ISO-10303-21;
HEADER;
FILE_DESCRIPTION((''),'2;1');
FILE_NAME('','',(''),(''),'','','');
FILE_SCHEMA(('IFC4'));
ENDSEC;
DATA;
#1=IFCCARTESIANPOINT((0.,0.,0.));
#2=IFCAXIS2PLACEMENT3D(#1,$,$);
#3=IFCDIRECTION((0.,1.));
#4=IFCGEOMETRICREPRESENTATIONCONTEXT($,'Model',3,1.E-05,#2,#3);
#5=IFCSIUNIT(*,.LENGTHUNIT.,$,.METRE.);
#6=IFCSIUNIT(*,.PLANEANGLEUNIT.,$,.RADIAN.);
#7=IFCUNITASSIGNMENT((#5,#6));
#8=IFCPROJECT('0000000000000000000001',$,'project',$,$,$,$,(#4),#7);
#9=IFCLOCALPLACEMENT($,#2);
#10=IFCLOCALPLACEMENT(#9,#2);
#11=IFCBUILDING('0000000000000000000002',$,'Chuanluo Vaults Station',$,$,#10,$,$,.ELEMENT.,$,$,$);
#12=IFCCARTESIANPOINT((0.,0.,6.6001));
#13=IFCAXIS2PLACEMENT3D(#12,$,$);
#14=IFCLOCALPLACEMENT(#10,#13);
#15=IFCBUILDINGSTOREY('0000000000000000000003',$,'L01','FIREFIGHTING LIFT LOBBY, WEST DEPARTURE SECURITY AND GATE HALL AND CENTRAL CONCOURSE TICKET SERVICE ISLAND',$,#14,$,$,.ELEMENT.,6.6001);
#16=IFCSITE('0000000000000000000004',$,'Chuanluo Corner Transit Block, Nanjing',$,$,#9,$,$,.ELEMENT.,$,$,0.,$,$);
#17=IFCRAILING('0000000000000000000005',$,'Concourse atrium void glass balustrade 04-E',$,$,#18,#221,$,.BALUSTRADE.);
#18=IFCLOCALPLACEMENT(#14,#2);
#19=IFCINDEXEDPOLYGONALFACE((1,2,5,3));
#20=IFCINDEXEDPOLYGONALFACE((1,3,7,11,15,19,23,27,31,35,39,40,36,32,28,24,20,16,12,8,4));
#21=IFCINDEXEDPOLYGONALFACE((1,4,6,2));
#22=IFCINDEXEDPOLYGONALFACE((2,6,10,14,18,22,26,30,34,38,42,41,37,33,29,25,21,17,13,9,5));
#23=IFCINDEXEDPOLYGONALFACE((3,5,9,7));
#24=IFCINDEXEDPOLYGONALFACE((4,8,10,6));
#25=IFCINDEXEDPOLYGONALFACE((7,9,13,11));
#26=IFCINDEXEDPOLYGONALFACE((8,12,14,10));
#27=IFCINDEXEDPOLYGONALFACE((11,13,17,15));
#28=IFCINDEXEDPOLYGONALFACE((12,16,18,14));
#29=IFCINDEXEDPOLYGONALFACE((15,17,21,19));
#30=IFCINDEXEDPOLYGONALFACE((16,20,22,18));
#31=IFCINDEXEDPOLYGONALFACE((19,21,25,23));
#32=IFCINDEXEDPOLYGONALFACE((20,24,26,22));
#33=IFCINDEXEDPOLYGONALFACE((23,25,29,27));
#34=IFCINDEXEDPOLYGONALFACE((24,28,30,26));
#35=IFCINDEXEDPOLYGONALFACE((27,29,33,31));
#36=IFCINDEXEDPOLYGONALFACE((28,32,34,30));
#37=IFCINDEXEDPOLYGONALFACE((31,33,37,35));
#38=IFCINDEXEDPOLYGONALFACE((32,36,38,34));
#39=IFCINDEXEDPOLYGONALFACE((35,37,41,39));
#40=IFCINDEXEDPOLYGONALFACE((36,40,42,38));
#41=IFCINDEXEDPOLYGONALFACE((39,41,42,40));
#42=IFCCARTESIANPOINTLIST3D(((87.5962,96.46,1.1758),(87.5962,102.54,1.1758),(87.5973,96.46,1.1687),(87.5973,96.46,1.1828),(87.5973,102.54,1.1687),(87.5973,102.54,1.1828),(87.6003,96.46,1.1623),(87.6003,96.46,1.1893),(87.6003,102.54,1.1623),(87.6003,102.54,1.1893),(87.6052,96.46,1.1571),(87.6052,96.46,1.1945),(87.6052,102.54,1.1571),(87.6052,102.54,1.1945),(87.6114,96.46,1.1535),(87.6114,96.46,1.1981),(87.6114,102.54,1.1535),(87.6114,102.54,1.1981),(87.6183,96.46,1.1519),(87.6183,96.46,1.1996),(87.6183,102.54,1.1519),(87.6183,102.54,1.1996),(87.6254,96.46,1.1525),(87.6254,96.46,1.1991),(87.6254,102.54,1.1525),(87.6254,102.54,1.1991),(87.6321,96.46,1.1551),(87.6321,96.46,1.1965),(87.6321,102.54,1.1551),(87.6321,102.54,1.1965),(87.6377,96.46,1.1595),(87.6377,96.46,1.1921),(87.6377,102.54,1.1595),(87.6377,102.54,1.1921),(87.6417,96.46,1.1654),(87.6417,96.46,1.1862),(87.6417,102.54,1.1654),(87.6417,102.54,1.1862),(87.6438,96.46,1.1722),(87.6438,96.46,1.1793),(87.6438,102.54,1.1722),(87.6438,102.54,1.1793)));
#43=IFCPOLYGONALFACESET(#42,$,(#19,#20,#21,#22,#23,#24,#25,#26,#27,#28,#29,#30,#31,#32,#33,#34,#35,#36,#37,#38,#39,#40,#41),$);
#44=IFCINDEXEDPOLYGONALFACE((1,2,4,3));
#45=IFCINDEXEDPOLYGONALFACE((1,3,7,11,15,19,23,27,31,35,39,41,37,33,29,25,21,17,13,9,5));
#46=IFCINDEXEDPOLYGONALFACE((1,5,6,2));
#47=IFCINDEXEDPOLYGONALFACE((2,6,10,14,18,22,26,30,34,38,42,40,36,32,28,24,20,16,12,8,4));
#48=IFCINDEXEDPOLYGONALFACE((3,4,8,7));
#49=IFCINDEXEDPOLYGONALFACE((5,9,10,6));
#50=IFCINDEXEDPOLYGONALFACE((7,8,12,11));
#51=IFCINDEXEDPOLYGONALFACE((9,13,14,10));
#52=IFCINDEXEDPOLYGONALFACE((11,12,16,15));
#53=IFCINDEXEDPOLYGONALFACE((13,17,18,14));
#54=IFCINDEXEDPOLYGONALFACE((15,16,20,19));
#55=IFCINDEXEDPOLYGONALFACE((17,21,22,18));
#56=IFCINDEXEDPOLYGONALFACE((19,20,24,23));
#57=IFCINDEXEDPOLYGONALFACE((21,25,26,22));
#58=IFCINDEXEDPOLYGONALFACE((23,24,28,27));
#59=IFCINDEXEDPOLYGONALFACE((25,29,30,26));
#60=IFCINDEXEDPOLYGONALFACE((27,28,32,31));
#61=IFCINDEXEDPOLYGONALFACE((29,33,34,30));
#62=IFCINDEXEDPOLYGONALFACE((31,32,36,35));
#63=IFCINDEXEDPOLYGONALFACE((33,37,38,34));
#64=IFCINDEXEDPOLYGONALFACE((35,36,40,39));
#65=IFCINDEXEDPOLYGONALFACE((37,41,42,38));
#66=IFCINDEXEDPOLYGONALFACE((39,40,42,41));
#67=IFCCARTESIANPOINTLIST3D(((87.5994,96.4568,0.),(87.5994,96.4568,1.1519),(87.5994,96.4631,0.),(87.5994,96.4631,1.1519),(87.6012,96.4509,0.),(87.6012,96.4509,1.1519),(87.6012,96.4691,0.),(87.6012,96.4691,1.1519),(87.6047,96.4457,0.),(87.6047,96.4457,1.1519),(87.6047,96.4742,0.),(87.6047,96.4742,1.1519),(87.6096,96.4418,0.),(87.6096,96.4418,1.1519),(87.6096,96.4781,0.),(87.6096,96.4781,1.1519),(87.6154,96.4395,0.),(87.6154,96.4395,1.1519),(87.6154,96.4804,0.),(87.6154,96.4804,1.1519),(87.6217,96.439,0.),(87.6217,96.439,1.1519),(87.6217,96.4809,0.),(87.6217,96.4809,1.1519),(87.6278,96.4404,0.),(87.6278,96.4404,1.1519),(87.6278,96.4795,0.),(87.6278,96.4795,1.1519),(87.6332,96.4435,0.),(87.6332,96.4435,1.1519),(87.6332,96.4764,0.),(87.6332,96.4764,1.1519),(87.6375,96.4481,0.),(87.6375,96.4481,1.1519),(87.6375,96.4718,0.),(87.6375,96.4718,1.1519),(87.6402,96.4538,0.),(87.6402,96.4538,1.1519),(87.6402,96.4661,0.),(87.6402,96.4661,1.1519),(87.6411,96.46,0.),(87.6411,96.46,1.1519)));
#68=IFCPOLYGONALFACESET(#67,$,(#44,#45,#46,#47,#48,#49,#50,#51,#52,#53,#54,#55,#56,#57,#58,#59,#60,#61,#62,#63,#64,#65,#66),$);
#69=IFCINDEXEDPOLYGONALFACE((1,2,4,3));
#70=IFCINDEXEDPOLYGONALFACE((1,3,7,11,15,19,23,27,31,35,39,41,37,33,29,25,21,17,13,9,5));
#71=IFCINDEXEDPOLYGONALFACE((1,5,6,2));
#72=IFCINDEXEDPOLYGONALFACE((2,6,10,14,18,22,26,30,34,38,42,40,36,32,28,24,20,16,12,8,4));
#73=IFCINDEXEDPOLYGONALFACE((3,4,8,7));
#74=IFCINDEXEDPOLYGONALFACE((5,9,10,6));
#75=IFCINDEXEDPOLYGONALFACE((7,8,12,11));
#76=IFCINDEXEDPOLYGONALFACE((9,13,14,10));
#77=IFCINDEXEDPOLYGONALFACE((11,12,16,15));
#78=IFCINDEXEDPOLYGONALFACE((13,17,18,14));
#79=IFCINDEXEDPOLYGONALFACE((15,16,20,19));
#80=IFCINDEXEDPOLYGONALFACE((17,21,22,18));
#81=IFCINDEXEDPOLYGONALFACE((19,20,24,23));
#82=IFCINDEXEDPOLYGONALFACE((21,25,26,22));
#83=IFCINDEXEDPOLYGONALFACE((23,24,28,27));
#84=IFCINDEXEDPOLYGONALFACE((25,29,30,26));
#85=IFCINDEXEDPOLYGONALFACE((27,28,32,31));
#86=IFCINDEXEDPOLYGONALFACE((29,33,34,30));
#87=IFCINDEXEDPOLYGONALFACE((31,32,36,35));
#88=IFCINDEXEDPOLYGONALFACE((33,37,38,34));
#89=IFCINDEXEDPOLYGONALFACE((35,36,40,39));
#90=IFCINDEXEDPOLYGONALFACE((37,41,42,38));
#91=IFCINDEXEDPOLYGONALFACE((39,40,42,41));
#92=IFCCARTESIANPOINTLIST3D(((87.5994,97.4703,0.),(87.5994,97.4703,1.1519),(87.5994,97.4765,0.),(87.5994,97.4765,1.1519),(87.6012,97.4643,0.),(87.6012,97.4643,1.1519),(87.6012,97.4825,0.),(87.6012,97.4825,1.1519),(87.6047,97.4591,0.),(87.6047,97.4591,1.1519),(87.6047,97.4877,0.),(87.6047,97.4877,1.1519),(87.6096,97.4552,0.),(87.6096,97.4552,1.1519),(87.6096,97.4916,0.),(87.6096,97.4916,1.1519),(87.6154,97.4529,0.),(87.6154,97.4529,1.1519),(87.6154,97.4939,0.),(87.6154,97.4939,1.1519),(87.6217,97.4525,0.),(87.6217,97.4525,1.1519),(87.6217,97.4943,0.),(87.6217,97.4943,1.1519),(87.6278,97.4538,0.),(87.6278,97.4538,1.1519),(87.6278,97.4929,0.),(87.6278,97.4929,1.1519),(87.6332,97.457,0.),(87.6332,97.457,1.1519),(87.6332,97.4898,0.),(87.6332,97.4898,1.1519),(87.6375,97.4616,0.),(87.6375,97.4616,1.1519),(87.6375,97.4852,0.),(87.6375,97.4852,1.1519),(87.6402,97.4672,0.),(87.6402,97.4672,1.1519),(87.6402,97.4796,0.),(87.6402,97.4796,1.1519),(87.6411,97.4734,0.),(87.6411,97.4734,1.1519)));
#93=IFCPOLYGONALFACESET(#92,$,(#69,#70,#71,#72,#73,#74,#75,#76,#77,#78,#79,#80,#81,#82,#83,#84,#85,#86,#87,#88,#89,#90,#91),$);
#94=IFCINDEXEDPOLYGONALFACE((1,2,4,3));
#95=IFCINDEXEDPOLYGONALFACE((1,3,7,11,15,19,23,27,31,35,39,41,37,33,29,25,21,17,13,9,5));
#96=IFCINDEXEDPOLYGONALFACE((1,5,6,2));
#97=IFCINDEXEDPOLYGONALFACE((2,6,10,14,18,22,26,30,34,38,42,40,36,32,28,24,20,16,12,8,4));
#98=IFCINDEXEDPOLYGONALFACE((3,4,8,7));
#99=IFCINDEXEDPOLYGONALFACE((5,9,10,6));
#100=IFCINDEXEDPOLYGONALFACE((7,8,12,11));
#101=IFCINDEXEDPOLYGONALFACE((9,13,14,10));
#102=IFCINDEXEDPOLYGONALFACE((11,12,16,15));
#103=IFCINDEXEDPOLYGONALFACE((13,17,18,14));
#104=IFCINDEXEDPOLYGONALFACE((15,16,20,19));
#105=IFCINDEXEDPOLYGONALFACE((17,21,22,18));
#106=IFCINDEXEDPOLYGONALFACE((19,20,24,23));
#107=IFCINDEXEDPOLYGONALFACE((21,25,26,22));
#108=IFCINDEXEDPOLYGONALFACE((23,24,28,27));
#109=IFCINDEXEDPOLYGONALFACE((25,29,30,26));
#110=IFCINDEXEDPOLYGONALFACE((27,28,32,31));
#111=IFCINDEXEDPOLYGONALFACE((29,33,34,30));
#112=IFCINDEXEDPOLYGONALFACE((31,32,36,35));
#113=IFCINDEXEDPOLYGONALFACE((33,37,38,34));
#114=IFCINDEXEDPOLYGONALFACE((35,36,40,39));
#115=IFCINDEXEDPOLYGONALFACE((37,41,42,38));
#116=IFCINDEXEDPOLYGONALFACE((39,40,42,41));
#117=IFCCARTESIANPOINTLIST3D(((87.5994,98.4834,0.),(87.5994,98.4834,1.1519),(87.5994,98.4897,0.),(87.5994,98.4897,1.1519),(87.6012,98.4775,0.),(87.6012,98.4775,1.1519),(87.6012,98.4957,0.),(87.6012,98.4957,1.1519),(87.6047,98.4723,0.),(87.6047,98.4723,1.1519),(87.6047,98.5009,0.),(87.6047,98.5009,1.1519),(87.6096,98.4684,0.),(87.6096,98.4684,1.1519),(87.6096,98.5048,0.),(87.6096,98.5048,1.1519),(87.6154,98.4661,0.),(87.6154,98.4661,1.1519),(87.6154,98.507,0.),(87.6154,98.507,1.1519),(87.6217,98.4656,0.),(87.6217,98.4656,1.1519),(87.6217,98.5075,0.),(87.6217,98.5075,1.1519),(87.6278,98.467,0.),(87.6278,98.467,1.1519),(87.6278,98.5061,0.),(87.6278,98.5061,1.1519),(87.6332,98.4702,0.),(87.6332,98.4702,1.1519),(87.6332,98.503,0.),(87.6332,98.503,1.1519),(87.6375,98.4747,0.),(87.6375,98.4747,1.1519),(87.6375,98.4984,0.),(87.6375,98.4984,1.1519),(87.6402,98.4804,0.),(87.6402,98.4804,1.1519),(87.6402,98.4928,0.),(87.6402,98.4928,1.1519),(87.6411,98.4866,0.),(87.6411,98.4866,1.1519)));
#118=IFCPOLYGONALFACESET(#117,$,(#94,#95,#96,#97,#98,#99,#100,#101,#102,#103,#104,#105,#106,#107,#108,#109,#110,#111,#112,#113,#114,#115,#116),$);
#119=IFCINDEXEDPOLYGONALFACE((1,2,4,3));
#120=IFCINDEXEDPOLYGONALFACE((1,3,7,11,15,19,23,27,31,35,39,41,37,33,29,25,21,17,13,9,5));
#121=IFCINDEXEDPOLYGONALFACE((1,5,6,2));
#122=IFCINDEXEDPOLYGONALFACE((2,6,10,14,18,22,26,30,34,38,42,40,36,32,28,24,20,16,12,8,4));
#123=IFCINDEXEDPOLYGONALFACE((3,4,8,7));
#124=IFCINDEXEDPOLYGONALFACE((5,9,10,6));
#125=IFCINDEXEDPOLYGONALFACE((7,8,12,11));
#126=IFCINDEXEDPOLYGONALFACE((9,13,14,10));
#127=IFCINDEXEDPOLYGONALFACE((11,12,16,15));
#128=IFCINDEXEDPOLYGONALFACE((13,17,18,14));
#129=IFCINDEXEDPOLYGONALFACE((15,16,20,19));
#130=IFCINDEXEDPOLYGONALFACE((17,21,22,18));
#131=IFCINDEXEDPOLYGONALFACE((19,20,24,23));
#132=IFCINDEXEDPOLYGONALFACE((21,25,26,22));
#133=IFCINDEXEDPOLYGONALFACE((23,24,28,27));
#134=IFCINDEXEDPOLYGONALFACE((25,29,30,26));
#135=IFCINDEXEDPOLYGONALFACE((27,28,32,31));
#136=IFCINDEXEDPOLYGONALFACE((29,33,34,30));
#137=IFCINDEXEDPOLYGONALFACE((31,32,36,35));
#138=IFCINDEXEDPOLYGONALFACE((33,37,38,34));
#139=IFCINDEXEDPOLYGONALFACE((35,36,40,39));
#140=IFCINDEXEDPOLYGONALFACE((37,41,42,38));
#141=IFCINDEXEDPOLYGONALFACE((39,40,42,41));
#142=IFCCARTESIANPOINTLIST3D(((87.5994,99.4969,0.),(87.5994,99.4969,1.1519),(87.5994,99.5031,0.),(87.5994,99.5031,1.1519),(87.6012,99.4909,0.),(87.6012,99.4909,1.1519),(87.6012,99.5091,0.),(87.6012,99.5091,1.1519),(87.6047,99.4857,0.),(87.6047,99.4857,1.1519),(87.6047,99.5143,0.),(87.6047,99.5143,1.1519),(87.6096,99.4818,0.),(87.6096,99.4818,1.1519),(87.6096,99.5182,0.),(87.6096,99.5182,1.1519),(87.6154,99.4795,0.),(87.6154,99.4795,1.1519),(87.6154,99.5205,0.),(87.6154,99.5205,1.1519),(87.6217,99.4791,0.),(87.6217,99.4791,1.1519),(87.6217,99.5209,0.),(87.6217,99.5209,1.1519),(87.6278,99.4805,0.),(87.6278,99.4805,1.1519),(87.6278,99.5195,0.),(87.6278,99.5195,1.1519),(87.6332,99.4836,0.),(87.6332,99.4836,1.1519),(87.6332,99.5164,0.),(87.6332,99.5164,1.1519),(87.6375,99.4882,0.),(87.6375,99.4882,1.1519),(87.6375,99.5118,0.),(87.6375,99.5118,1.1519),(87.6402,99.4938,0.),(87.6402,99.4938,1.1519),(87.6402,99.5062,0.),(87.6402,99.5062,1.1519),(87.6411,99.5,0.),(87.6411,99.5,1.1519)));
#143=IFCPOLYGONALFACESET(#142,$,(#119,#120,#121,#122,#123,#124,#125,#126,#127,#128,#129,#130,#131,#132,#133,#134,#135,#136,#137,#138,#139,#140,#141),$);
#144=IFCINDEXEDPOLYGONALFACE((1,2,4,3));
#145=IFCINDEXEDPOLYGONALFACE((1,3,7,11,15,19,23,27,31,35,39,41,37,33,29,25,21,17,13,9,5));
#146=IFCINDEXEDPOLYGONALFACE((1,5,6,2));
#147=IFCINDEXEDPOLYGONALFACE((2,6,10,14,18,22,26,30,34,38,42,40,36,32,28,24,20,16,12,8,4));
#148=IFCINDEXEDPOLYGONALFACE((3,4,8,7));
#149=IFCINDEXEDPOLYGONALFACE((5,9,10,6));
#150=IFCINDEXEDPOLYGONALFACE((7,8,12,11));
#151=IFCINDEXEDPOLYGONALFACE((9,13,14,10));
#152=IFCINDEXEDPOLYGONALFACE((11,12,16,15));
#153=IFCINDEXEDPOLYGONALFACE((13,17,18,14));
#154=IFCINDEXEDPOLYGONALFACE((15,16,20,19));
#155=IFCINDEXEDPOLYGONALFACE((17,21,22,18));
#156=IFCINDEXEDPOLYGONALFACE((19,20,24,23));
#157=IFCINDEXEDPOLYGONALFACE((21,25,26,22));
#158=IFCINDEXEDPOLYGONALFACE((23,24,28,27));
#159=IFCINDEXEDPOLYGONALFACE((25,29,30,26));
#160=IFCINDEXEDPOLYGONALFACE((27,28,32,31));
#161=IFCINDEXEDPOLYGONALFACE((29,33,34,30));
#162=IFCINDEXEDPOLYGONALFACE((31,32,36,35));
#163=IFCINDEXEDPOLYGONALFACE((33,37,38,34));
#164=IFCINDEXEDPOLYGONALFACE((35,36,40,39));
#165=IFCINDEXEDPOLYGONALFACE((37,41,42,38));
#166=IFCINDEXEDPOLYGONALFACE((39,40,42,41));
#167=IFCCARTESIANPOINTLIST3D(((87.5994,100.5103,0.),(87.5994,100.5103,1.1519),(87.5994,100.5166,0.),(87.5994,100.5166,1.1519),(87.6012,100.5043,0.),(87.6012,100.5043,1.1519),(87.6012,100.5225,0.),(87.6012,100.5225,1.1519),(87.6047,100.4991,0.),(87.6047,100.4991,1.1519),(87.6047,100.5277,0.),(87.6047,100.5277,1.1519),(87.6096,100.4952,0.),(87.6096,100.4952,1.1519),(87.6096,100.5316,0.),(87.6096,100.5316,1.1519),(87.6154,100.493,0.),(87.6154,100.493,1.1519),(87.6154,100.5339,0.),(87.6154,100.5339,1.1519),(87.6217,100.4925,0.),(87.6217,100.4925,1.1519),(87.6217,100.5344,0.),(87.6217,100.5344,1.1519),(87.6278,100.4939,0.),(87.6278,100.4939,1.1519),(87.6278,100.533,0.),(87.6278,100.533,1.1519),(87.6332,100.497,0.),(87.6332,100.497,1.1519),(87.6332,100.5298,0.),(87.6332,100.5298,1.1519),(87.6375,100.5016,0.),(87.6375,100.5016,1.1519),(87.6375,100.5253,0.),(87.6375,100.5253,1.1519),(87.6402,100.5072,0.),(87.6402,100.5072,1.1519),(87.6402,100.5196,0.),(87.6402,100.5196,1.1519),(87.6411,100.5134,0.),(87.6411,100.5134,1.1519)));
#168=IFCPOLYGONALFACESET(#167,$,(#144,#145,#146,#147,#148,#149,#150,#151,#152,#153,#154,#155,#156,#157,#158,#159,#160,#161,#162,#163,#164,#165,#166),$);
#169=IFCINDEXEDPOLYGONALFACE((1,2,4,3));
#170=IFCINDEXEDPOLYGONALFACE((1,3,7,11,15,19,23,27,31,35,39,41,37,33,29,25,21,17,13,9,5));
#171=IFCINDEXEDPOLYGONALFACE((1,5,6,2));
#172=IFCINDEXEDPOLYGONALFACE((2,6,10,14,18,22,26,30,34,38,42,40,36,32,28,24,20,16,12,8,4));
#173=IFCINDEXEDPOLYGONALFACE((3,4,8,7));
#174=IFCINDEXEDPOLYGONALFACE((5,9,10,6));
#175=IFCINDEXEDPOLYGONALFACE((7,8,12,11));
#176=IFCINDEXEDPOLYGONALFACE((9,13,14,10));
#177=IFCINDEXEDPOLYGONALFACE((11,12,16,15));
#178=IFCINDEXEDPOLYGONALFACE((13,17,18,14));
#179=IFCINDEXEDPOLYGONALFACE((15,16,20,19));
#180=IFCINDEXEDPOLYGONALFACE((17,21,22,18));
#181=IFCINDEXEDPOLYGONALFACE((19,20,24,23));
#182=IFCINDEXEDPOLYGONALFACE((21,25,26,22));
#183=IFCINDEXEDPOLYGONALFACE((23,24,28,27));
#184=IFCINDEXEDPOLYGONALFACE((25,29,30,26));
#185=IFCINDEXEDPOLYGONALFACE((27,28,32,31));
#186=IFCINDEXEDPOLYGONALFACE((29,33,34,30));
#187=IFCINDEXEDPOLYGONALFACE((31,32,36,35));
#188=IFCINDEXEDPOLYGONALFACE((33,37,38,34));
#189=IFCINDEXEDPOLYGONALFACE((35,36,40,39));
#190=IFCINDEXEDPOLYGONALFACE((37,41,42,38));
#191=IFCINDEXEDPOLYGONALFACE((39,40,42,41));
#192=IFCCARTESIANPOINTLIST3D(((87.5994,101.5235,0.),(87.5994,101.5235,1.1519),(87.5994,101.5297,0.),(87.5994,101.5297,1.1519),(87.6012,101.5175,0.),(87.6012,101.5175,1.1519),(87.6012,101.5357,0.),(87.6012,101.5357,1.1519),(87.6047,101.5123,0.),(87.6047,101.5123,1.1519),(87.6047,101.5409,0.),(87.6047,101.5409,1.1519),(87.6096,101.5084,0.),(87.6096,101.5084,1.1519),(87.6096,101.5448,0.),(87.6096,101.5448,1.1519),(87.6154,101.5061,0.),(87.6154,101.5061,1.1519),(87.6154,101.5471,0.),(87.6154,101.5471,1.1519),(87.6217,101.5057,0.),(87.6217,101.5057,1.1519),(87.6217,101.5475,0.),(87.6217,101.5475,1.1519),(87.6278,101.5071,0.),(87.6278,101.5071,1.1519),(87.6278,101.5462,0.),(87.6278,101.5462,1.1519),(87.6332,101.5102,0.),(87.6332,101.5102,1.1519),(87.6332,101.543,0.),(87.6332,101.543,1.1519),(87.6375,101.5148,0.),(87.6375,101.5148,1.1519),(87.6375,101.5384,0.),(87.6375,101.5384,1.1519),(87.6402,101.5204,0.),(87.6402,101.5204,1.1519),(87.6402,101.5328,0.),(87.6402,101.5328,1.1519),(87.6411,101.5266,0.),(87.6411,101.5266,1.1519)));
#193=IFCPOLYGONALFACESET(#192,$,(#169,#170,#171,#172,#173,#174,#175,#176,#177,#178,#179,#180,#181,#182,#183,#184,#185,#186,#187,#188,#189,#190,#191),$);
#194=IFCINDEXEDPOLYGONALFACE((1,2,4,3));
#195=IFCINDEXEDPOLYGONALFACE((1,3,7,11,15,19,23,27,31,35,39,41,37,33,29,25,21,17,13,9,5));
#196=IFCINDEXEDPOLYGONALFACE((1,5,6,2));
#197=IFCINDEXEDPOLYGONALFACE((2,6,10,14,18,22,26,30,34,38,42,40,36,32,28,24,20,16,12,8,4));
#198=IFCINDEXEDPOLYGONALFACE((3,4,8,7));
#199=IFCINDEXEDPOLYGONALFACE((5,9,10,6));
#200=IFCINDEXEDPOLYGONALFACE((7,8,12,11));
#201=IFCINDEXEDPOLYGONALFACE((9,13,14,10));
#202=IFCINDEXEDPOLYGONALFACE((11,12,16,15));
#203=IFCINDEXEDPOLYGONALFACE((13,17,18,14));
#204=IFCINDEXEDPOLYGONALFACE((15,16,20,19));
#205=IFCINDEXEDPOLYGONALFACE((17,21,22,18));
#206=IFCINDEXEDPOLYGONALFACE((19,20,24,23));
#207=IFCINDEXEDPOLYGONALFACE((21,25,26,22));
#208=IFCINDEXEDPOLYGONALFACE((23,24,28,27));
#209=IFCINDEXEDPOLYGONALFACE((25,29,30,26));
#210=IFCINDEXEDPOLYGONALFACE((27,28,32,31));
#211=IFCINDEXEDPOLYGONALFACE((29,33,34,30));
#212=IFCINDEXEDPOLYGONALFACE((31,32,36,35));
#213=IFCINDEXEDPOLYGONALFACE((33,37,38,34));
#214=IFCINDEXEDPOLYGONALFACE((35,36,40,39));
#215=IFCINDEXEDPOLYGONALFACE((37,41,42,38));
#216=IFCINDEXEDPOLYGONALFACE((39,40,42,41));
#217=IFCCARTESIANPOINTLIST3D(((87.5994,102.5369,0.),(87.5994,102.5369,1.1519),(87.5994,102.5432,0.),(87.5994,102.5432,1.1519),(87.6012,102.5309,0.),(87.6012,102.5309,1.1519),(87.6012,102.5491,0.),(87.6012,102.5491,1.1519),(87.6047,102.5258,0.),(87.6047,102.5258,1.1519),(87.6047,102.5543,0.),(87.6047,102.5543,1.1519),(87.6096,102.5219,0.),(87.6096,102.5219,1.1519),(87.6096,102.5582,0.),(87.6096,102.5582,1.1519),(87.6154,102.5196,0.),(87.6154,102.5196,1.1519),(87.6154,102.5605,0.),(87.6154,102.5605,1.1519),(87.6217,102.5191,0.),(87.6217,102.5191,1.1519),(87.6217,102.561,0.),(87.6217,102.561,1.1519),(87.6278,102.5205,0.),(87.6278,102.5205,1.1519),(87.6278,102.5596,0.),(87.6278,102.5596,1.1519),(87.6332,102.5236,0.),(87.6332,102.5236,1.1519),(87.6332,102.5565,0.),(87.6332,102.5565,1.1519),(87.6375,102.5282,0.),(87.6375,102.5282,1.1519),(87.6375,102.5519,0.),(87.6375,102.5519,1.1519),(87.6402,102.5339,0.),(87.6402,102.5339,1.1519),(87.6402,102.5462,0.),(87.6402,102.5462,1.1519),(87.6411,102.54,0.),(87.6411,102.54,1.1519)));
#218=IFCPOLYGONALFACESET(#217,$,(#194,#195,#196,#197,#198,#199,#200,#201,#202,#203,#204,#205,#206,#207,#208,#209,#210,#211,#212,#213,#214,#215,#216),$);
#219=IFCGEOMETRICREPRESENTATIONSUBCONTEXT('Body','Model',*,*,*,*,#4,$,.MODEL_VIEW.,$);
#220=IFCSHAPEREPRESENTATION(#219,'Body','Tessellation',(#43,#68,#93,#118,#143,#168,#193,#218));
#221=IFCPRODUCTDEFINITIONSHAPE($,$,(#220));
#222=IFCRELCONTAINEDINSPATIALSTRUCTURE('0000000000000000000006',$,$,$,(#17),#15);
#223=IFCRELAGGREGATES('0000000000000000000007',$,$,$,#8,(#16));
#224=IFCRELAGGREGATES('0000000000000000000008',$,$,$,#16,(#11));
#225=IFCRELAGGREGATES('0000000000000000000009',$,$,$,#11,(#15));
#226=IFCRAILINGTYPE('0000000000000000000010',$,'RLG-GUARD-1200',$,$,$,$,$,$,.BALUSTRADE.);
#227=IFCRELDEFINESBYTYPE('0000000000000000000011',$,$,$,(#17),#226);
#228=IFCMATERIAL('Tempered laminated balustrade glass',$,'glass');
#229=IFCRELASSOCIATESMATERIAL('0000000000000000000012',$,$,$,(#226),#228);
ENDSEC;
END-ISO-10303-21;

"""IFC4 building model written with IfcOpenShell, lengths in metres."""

from ifc_helpers import new_model, si_unit, direction, frame, origin, origin_2d, place, context, subcontext, project, spatial, circle, extrude, material, type_object, element, save


model = new_model("IFC4")

# Units and contexts
model_context = context("Model", 3, precision=1e-05, world=origin(), true_north=direction((0.0, 1.0)))
body_context = subcontext(model_context, "Body", "Model", "MODEL_VIEW")
ifc_project = project(units=[si_unit("LENGTHUNIT", "METRE"), si_unit("PLANEANGLEUNIT", "RADIAN")], contexts=[model_context])

# Site, building, storey
site_placement = place(None, origin())
site = spatial("IfcSite", under=ifc_project, at=site_placement, Name="Chuanluo Corner Transit Block, Nanjing", CompositionType="ELEMENT", RefElevation=0.0)
building_placement = place(site_placement, origin())
building = spatial("IfcBuilding", under=site, at=building_placement, Name="Chuanluo Vaults Station", CompositionType="ELEMENT")
storey_placement = place(building_placement, frame((0.0, 0.0, 6.6001)))
storey = spatial("IfcBuildingStorey", under=building, at=storey_placement, Name="L01", Description="FIREFIGHTING LIFT LOBBY, WEST DEPARTURE SECURITY AND GATE HALL AND CENTRAL CONCOURSE TICKET SERVICE ISLAND", CompositionType="ELEMENT", Elevation=6.6001)

# Railing
ifc_material_1 = material(Name="Tempered laminated balustrade glass", Category="glass")
railing_type = type_object("IfcRailingType", Name="RLG-GUARD-1200", PredefinedType="BALUSTRADE", material=ifc_material_1)
railing_1_placement = place(storey_placement, frame((87.6201, 96.46, 0.0)))
element("IfcRailing", 1, at=railing_1_placement, inside=storey, type_object=railing_type, Name="Concourse atrium void glass balustrade 04-E", PredefinedType="BALUSTRADE", context=body_context, shape_type="SweptSolid", body=[
    extrude(circle(Radius=0.0239, at=origin_2d()), frame((0.0, 0.0, 1.1758), z_axis=(0.0, 1.0, 0.0), x_axis=(-1.0, 0.0, 0.0)), (0.0, 0.0, 1.0), 6.0801),
    extrude(circle(Radius=0.021, at=origin_2d()), origin(), (0.0, 0.0, 1.0), 1.1519),
    extrude(circle(Radius=0.021, at=origin_2d()), frame((0.0, 1.0134, 0.0)), (0.0, 0.0, 1.0), 1.1519),
    extrude(circle(Radius=0.021, at=origin_2d()), frame((0.0, 2.0266, 0.0)), (0.0, 0.0, 1.0), 1.1519),
    extrude(circle(Radius=0.021, at=origin_2d()), frame((0.0, 3.04, 0.0)), (0.0, 0.0, 1.0), 1.1519),
    extrude(circle(Radius=0.021, at=origin_2d()), frame((0.0, 4.0535, 0.0)), (0.0, 0.0, 1.0), 1.1519),
    extrude(circle(Radius=0.021, at=origin_2d()), frame((0.0, 5.0667, 0.0)), (0.0, 0.0, 1.0), 1.1519),
    extrude(circle(Radius=0.021, at=origin_2d()), frame((0.0, 6.0801, 0.0)), (0.0, 0.0, 1.0), 1.1519),
])

save(model, "model.ifc")
